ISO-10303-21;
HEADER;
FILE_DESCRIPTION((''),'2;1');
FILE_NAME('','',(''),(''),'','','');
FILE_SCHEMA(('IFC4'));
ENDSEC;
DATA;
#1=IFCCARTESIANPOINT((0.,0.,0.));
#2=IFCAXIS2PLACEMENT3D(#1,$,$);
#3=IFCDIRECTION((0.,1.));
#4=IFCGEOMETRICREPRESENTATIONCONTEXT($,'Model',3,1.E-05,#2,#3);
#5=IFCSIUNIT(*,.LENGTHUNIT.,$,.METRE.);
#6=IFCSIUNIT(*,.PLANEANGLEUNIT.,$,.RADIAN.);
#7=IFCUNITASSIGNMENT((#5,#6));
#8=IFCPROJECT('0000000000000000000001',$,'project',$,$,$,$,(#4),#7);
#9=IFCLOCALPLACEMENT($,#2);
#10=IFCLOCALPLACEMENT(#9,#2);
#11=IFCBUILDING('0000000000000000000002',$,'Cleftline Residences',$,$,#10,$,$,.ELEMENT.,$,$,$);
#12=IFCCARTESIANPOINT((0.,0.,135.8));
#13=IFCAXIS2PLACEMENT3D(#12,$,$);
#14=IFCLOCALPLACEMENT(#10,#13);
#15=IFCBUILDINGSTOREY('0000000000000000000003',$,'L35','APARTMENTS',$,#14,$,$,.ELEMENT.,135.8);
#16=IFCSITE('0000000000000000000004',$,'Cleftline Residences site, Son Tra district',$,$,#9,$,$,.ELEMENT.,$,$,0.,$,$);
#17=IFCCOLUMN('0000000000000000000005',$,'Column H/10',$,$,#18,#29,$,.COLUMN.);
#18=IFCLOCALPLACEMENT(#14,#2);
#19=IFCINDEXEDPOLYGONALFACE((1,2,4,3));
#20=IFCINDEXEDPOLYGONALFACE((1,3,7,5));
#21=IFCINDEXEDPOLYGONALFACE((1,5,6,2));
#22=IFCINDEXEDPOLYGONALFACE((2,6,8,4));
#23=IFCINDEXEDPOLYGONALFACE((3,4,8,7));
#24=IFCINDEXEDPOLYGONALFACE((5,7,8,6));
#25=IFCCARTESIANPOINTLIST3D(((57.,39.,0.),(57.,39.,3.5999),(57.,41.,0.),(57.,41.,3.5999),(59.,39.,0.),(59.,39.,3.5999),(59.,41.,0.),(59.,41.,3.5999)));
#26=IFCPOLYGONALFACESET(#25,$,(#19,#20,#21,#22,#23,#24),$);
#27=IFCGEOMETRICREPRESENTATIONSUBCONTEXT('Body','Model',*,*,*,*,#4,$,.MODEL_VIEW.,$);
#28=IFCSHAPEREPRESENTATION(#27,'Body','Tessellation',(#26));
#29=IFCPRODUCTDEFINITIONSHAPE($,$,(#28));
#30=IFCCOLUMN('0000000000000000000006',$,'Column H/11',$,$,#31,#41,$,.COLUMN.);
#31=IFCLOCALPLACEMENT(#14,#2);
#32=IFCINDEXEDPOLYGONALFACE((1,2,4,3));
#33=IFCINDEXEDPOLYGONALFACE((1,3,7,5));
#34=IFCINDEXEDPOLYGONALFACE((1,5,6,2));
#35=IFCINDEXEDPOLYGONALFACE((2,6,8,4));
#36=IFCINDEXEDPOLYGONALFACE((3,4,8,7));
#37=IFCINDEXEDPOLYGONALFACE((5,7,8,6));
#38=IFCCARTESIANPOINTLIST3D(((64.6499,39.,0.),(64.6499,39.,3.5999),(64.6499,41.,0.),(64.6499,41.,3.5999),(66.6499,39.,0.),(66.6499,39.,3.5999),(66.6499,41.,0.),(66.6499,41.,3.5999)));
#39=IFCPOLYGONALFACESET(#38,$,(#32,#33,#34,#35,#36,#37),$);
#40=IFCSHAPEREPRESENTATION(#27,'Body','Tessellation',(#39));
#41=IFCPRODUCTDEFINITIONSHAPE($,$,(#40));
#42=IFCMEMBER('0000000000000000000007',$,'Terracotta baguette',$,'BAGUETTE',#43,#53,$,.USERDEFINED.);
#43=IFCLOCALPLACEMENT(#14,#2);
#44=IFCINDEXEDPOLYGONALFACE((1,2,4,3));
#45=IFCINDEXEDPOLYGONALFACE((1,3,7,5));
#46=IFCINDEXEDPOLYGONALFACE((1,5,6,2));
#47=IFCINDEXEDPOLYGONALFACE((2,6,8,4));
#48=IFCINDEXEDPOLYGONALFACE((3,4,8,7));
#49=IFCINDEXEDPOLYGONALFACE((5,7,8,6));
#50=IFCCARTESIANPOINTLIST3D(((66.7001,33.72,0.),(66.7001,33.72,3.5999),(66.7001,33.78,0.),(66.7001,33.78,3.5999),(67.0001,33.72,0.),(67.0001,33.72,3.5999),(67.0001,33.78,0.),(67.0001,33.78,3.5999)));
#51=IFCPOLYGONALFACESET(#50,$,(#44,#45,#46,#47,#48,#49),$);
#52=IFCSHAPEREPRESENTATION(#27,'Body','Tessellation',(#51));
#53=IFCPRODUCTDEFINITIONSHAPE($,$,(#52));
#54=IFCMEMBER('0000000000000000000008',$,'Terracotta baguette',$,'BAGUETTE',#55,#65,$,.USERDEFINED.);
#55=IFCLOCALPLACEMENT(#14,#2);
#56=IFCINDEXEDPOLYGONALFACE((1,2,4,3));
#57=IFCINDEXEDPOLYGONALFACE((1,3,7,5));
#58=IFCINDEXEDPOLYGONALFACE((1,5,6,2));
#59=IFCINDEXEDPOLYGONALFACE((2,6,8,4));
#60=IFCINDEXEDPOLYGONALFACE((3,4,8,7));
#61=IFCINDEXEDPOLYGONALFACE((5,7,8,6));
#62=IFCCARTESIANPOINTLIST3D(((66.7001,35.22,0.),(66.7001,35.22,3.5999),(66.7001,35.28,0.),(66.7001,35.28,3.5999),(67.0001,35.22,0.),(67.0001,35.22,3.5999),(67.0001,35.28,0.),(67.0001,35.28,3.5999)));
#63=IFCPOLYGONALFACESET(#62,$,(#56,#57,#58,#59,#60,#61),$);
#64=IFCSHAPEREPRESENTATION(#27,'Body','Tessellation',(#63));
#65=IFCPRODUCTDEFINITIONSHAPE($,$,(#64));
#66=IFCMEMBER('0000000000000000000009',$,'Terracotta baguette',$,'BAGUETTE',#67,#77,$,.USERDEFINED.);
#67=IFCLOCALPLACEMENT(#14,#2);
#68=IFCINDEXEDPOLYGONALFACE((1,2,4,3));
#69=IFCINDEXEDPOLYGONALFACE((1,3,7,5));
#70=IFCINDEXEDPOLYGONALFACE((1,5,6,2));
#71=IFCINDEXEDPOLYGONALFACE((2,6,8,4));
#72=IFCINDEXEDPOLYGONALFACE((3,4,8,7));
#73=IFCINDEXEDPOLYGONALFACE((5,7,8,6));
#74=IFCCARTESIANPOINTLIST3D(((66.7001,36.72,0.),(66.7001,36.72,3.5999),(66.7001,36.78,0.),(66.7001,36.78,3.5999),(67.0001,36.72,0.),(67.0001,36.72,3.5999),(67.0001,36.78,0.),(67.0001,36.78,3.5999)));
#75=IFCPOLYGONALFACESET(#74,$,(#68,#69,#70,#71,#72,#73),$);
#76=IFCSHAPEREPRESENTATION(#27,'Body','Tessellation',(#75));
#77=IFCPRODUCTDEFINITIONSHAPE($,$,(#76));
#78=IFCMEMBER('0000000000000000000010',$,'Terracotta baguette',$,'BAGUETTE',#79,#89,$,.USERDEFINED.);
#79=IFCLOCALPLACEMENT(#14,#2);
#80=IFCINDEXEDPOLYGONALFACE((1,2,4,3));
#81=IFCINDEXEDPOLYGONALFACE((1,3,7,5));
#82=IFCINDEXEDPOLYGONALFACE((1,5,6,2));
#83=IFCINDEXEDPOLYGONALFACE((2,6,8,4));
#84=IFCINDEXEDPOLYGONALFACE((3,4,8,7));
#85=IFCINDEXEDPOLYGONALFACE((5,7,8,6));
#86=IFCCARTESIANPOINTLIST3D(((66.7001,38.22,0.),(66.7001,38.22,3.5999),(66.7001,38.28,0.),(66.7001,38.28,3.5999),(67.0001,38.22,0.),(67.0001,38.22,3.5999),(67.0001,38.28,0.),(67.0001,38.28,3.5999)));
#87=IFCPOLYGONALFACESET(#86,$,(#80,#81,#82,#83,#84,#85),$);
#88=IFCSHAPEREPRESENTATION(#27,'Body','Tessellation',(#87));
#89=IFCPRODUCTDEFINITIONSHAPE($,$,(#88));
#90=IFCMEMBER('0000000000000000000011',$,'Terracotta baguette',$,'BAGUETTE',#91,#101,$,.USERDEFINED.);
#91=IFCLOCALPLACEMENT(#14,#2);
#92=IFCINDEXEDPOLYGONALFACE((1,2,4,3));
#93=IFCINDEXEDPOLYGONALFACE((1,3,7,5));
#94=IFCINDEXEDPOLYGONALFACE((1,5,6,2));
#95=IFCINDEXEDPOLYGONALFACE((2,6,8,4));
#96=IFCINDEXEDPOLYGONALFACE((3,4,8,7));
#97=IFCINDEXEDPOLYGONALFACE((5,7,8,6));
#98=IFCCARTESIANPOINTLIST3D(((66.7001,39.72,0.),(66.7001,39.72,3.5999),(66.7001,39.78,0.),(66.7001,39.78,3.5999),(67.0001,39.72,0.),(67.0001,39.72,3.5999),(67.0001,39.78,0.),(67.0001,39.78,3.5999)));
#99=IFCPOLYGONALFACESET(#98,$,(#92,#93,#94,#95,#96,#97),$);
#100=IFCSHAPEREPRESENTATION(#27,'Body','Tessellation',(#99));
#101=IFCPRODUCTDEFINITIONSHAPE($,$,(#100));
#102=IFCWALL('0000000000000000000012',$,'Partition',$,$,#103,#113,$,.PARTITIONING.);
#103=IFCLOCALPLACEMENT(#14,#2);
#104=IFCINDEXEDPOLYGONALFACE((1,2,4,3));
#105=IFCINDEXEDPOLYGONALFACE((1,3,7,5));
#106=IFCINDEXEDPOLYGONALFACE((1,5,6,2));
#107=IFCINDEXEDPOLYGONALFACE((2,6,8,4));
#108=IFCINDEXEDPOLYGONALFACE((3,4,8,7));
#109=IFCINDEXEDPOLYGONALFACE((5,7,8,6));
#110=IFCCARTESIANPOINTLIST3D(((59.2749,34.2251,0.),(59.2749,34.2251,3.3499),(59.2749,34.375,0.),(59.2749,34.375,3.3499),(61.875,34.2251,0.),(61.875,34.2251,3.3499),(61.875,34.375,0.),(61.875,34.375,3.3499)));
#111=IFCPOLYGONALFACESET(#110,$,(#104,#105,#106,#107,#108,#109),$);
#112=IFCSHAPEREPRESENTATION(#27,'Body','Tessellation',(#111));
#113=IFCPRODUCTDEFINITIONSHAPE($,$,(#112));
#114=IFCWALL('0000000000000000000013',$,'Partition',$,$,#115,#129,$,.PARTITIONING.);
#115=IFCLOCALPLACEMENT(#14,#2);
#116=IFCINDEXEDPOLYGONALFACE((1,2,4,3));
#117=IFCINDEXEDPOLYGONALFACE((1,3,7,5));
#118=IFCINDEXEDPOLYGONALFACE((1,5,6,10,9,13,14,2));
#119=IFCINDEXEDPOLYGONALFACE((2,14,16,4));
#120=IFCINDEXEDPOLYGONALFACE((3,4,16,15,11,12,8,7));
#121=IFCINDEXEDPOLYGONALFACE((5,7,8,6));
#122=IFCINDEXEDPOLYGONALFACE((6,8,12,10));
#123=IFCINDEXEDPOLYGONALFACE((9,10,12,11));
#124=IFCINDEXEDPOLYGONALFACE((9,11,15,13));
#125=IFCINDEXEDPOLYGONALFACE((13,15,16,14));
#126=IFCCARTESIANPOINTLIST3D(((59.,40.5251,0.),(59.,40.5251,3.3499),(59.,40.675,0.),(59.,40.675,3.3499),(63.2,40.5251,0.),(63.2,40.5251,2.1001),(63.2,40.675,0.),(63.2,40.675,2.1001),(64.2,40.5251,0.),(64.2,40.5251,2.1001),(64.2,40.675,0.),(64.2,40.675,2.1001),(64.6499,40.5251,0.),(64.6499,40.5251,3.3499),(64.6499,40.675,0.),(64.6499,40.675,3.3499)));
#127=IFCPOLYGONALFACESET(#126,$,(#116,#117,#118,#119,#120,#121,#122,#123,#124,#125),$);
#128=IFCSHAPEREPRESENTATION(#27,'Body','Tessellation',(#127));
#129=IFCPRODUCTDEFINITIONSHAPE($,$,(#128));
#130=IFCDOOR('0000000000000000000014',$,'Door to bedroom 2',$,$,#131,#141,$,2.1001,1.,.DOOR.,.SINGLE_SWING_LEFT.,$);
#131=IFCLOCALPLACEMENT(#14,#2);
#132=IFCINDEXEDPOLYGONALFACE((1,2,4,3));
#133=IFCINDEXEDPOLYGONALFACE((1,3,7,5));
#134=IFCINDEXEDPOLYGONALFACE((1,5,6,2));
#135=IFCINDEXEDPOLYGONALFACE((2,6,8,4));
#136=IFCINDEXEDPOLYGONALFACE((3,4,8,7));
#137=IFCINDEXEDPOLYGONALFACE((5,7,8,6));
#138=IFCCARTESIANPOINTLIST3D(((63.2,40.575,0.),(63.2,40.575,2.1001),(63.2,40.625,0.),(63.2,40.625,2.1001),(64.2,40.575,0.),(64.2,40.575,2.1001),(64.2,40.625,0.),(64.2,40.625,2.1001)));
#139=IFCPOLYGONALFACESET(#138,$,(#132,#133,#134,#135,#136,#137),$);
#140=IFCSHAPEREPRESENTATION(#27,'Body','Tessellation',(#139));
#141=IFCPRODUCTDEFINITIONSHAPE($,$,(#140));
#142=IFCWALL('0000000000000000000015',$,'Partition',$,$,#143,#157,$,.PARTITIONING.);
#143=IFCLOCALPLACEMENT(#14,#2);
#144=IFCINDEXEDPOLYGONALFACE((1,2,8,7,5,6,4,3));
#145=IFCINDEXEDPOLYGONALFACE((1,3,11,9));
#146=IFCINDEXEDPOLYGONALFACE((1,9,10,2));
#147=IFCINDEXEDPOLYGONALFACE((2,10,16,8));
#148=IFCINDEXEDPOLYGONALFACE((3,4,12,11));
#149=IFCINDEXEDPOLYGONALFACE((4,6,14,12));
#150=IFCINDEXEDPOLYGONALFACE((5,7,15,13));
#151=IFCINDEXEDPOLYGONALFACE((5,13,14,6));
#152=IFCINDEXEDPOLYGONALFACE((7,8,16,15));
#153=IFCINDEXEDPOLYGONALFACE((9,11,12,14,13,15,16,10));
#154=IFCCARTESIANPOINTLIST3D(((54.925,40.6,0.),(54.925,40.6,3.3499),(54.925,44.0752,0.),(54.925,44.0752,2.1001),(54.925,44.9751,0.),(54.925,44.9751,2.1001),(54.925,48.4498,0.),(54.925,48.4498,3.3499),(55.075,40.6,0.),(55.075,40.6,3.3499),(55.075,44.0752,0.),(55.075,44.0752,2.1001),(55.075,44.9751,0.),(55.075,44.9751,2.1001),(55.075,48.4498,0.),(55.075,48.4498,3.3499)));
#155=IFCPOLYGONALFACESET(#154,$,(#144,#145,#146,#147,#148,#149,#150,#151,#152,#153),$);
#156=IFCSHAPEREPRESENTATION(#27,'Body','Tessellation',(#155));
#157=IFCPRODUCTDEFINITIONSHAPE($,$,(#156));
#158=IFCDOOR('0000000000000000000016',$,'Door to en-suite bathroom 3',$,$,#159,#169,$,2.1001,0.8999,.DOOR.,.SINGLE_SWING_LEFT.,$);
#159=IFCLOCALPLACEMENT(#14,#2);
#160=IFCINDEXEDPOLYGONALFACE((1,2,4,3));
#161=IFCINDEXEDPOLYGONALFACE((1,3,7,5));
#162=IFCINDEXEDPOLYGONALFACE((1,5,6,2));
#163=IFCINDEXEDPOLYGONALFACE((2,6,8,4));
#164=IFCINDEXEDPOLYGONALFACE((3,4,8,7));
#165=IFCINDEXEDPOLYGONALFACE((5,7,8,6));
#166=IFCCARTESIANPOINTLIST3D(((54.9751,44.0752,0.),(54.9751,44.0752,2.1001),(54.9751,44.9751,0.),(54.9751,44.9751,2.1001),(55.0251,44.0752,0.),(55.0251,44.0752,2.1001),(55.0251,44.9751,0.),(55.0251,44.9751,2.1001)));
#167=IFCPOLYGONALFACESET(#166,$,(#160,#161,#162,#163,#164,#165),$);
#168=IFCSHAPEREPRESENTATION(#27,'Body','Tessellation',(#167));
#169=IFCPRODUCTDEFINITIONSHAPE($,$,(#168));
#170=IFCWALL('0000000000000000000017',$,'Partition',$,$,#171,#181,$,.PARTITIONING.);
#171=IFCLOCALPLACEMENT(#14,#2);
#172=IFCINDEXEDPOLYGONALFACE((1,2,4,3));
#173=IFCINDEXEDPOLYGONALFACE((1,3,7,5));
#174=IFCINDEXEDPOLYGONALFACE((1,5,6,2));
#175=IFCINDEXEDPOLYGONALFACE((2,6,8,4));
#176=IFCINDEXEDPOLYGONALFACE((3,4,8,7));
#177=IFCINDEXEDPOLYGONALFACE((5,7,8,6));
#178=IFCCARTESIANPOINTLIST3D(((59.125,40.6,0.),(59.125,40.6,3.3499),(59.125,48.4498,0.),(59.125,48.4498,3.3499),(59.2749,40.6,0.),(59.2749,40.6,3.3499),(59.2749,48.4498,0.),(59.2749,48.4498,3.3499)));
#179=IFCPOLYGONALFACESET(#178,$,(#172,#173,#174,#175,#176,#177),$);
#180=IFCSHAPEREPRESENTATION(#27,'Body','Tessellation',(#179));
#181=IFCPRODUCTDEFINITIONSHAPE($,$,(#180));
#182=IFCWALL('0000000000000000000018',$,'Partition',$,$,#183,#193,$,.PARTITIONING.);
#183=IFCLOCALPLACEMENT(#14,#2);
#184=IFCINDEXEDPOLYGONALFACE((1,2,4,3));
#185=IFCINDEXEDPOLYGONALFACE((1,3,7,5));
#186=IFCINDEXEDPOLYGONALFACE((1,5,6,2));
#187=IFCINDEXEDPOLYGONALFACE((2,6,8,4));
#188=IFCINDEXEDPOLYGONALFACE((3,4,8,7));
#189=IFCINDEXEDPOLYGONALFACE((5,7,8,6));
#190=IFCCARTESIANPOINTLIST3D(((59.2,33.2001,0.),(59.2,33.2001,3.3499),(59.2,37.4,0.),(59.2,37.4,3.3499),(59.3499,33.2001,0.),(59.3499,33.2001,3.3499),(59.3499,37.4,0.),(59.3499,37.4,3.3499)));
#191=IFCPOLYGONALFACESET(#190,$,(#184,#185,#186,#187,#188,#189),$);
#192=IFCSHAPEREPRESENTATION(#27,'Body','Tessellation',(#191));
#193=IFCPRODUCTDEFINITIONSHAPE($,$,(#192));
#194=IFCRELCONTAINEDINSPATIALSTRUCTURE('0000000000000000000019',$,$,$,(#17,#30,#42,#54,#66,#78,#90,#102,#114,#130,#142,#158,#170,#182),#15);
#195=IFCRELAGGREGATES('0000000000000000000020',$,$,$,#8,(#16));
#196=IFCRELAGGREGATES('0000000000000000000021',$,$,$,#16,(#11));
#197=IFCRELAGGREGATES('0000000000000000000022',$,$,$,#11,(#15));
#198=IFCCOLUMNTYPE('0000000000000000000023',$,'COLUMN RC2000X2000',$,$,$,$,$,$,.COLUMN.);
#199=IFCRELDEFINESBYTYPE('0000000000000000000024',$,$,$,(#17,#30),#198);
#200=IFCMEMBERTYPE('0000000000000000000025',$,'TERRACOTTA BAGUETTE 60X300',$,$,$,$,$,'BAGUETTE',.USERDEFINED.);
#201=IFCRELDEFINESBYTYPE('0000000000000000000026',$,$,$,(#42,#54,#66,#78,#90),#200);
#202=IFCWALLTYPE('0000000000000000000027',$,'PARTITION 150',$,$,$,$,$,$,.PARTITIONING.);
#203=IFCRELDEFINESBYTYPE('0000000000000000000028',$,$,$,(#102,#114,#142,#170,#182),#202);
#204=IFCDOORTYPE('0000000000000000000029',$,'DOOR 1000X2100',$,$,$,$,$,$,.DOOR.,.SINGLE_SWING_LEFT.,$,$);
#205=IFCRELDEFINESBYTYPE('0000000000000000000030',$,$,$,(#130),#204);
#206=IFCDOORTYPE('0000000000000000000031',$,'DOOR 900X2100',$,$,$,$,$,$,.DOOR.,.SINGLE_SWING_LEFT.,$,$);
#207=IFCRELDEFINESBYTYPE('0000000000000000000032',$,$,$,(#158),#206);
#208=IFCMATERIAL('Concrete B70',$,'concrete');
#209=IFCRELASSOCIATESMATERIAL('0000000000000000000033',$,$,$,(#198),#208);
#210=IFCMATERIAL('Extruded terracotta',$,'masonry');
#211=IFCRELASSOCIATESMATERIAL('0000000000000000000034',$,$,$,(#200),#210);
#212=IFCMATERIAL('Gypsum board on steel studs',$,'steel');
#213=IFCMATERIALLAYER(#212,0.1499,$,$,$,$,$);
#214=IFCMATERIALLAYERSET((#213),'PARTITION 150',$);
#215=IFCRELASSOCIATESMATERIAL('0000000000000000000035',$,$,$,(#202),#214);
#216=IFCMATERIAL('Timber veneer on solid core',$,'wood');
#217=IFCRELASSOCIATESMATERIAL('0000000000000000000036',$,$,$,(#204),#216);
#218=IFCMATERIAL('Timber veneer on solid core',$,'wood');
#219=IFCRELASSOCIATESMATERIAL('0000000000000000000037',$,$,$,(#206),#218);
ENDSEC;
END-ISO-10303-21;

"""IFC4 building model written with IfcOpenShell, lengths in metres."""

from ifc_helpers import new_model, si_unit, direction, frame, frame_2d, origin, origin_2d, place, context, subcontext, project, spatial, rectangle, extrude, material, layer, layer_set, material_profile, profile_set, type_object, element, fill, save


model = new_model("IFC4")

# Units and contexts
model_context = context("Model", 3, precision=1e-05, world=origin(), true_north=direction((0.0, 1.0)))
body_context = subcontext(model_context, "Body", "Model", "MODEL_VIEW")
ifc_project = project(units=[si_unit("LENGTHUNIT", "METRE"), si_unit("PLANEANGLEUNIT", "RADIAN")], contexts=[model_context])

# Site, building, storey
site_placement = place(None, origin())
site = spatial("IfcSite", under=ifc_project, at=site_placement, Name="Cleftline Residences site, Son Tra district", CompositionType="ELEMENT", RefElevation=0.0)
building_placement = place(site_placement, origin())
building = spatial("IfcBuilding", under=site, at=building_placement, Name="Cleftline Residences", CompositionType="ELEMENT")
storey_placement = place(building_placement, frame((0.0, 0.0, 135.8)))
storey = spatial("IfcBuildingStorey", under=building, at=storey_placement, Name="L35", Description="APARTMENTS", CompositionType="ELEMENT", Elevation=135.8)

# Columns
ifc_material_1 = material(Name="Concrete B70", Category="concrete")
ifc_material_profile_1 = material_profile(ifc_material_1, rectangle(XDim=2.0, YDim=2.0, at=origin_2d()))
ifc_profile_set_1 = profile_set([ifc_material_profile_1], Name="Concrete B70")
column_type = type_object("IfcColumnType", Name="COLUMN RC2000X2000", PredefinedType="COLUMN", material=ifc_profile_set_1)
for number, where, z_axis, x_axis, name in (
    (1, (58.0, 40.0, 0.0), (0.0, 0.0, 1.0), (1.0, 0.0, 0.0), "Column H/10"),
    (2, (65.6499, 40.0, 0.0), (0.0, 0.0, 1.0), (1.0, 0.0, 0.0), "Column H/11"),
):
    element("IfcColumn", number, at=place(storey_placement, frame(where, z_axis=z_axis, x_axis=x_axis)), inside=storey, type_object=column_type, Name=name, PredefinedType="COLUMN", context=body_context, shape_type="SweptSolid", body=[
        extrude(rectangle(XDim=2.0, YDim=2.0, at=origin_2d()), origin(), (0.0, 0.0, 1.0), 3.5999),
    ])

# Members
ifc_material_2 = material(Name="Extruded terracotta", Category="masonry")
ifc_material_profile_2 = material_profile(ifc_material_2, rectangle(XDim=0.0601, YDim=0.3, at=origin_2d()))
ifc_profile_set_2 = profile_set([ifc_material_profile_2], Name="Extruded terracotta")
member_type = type_object("IfcMemberType", Name="TERRACOTTA BAGUETTE 60X300", ElementType="BAGUETTE", PredefinedType="USERDEFINED", material=ifc_profile_set_2)
for number, where, z_axis, x_axis, name in (
    (3, (66.8501, 33.75, 0.0), (0.0, 0.0, 1.0), (0.0, 1.0, 0.0), "Terracotta baguette"),
    (4, (66.8501, 35.25, 0.0), (0.0, 0.0, 1.0), (0.0, 1.0, 0.0), "Terracotta baguette"),
    (5, (66.8501, 36.75, 0.0), (0.0, 0.0, 1.0), (0.0, 1.0, 0.0), "Terracotta baguette"),
    (6, (66.8501, 38.25, 0.0), (0.0, 0.0, 1.0), (0.0, 1.0, 0.0), "Terracotta baguette"),
    (7, (66.8501, 39.75, 0.0), (0.0, 0.0, 1.0), (0.0, 1.0, 0.0), "Terracotta baguette"),
):
    element("IfcMember", number, at=place(storey_placement, frame(where, z_axis=z_axis, x_axis=x_axis)), inside=storey, type_object=member_type, Name=name, ObjectType="BAGUETTE", PredefinedType="USERDEFINED", context=body_context, shape_type="SweptSolid", body=[
        extrude(rectangle(XDim=0.0601, YDim=0.3, at=origin_2d()), origin(), (0.0, 0.0, 1.0), 3.5999),
    ])

# Wall
ifc_material_3 = material(Name="Gypsum board on steel studs", Category="steel")
ifc_layer = layer(ifc_material_3, 0.1499)
ifc_layer_set = layer_set([ifc_layer], Name="PARTITION 150")
wall_type = type_object("IfcWallType", Name="PARTITION 150", PredefinedType="PARTITIONING", material=ifc_layer_set)
wall_1_placement = place(storey_placement, frame((59.2749, 34.3, 0.0), z_axis=(0.0, 0.0, 1.0), x_axis=(1.0, 0.0, 0.0)))
element("IfcWall", 8, at=wall_1_placement, inside=storey, type_object=wall_type, Name="Partition", PredefinedType="PARTITIONING", context=body_context, shape_type="SweptSolid", body=[
    extrude(rectangle(XDim=2.6001, YDim=0.1499, at=frame_2d((1.3, 0.0))), origin(), (0.0, 0.0, 1.0), 3.3499),
])

# Walls, openings, doors
wall_2_placement = place(storey_placement, frame((59.0, 40.6001, 0.0), z_axis=(0.0, 0.0, 1.0), x_axis=(1.0, 0.0, 0.0)))
wall_2 = element("IfcWall", 9, at=wall_2_placement, inside=storey, type_object=wall_type, Name="Partition", PredefinedType="PARTITIONING", context=body_context, shape_type="SweptSolid", body=[
    extrude(rectangle(XDim=5.6499, YDim=0.1499, at=frame_2d((2.825, 0.0))), origin(), (0.0, 0.0, 1.0), 3.3499),
])
opening_1_placement = place(wall_2_placement, frame((4.2, 0.0, 0.0)))
opening_1 = element("IfcOpeningElement", 10, at=opening_1_placement, cuts=wall_2, PredefinedType="OPENING", context=body_context, shape_type="SweptSolid", body=[
    extrude(rectangle(XDim=1.0, YDim=2.1001, at=frame_2d((0.5, 1.05))), frame((0.0, 0.085, 0.0), z_axis=(0.0, -1.0, 0.0), x_axis=(1.0, 0.0, 0.0)), (0.0, 0.0, 1.0), 0.1699),
])
ifc_material_4 = material(Name="Timber veneer on solid core", Category="wood")
door_type_1 = type_object("IfcDoorType", Name="DOOR 1000X2100", OperationType="SINGLE_SWING_LEFT", PredefinedType="DOOR", material=ifc_material_4)
door_1_placement = place(opening_1_placement, origin())
door_1 = element("IfcDoor", 11, at=door_1_placement, inside=storey, type_object=door_type_1, Name="Door to bedroom 2", OperationType="SINGLE_SWING_LEFT", OverallHeight=2.1001, OverallWidth=1.0, PredefinedType="DOOR", context=body_context, shape_type="SweptSolid", body=[
    extrude(rectangle(XDim=1.0, YDim=2.1001, at=frame_2d((0.5, 1.05))), frame((0.0, 0.0249, 0.0), z_axis=(0.0, -1.0, 0.0), x_axis=(1.0, 0.0, 0.0)), (0.0, 0.0, 1.0), 0.05),
])
fill(opening_1, door_1)
wall_3_placement = place(storey_placement, frame((55.0, 40.6001, 0.0), z_axis=(0.0, 0.0, 1.0), x_axis=(0.0, 1.0, 0.0)))
wall_3 = element("IfcWall", 12, at=wall_3_placement, inside=storey, type_object=wall_type, Name="Partition", PredefinedType="PARTITIONING", context=body_context, shape_type="SweptSolid", body=[
    extrude(rectangle(XDim=7.8499, YDim=0.1499, at=frame_2d((3.9248, 0.0))), origin(), (0.0, 0.0, 1.0), 3.3499),
])
opening_2_placement = place(wall_3_placement, frame((3.4751, 0.0, 0.0)))
opening_2 = element("IfcOpeningElement", 13, at=opening_2_placement, cuts=wall_3, PredefinedType="OPENING", context=body_context, shape_type="SweptSolid", body=[
    extrude(rectangle(XDim=0.8999, YDim=2.1001, at=frame_2d((0.45, 1.05))), frame((0.0, 0.085, 0.0), z_axis=(0.0, -1.0, 0.0), x_axis=(1.0, 0.0, 0.0)), (0.0, 0.0, 1.0), 0.1699),
])
ifc_material_5 = material(Name="Timber veneer on solid core", Category="wood")
door_type_2 = type_object("IfcDoorType", Name="DOOR 900X2100", OperationType="SINGLE_SWING_LEFT", PredefinedType="DOOR", material=ifc_material_5)
door_2_placement = place(opening_2_placement, origin())
door_2 = element("IfcDoor", 14, at=door_2_placement, inside=storey, type_object=door_type_2, Name="Door to en-suite bathroom 3", OperationType="SINGLE_SWING_LEFT", OverallHeight=2.1001, OverallWidth=0.8999, PredefinedType="DOOR", context=body_context, shape_type="SweptSolid", body=[
    extrude(rectangle(XDim=0.8999, YDim=2.1001, at=frame_2d((0.45, 1.05))), frame((0.0, 0.0249, 0.0), z_axis=(0.0, -1.0, 0.0), x_axis=(1.0, 0.0, 0.0)), (0.0, 0.0, 1.0), 0.05),
])
fill(opening_2, door_2)

# Walls
wall_4_placement = place(storey_placement, frame((59.2, 40.6001, 0.0), z_axis=(0.0, 0.0, 1.0), x_axis=(0.0, 1.0, 0.0)))
element("IfcWall", 15, at=wall_4_placement, inside=storey, type_object=wall_type, Name="Partition", PredefinedType="PARTITIONING", context=body_context, shape_type="SweptSolid", body=[
    extrude(rectangle(XDim=7.8499, YDim=0.1499, at=frame_2d((3.9248, 0.0))), origin(), (0.0, 0.0, 1.0), 3.3499),
])
wall_5_placement = place(storey_placement, frame((59.2749, 33.2, 0.0), z_axis=(0.0, 0.0, 1.0), x_axis=(0.0, 1.0, 0.0)))
element("IfcWall", 16, at=wall_5_placement, inside=storey, type_object=wall_type, Name="Partition", PredefinedType="PARTITIONING", context=body_context, shape_type="SweptSolid", body=[
    extrude(rectangle(XDim=4.2, YDim=0.1499, at=frame_2d((2.1001, 0.0))), origin(), (0.0, 0.0, 1.0), 3.3499),
])

save(model, "model.ifc")
